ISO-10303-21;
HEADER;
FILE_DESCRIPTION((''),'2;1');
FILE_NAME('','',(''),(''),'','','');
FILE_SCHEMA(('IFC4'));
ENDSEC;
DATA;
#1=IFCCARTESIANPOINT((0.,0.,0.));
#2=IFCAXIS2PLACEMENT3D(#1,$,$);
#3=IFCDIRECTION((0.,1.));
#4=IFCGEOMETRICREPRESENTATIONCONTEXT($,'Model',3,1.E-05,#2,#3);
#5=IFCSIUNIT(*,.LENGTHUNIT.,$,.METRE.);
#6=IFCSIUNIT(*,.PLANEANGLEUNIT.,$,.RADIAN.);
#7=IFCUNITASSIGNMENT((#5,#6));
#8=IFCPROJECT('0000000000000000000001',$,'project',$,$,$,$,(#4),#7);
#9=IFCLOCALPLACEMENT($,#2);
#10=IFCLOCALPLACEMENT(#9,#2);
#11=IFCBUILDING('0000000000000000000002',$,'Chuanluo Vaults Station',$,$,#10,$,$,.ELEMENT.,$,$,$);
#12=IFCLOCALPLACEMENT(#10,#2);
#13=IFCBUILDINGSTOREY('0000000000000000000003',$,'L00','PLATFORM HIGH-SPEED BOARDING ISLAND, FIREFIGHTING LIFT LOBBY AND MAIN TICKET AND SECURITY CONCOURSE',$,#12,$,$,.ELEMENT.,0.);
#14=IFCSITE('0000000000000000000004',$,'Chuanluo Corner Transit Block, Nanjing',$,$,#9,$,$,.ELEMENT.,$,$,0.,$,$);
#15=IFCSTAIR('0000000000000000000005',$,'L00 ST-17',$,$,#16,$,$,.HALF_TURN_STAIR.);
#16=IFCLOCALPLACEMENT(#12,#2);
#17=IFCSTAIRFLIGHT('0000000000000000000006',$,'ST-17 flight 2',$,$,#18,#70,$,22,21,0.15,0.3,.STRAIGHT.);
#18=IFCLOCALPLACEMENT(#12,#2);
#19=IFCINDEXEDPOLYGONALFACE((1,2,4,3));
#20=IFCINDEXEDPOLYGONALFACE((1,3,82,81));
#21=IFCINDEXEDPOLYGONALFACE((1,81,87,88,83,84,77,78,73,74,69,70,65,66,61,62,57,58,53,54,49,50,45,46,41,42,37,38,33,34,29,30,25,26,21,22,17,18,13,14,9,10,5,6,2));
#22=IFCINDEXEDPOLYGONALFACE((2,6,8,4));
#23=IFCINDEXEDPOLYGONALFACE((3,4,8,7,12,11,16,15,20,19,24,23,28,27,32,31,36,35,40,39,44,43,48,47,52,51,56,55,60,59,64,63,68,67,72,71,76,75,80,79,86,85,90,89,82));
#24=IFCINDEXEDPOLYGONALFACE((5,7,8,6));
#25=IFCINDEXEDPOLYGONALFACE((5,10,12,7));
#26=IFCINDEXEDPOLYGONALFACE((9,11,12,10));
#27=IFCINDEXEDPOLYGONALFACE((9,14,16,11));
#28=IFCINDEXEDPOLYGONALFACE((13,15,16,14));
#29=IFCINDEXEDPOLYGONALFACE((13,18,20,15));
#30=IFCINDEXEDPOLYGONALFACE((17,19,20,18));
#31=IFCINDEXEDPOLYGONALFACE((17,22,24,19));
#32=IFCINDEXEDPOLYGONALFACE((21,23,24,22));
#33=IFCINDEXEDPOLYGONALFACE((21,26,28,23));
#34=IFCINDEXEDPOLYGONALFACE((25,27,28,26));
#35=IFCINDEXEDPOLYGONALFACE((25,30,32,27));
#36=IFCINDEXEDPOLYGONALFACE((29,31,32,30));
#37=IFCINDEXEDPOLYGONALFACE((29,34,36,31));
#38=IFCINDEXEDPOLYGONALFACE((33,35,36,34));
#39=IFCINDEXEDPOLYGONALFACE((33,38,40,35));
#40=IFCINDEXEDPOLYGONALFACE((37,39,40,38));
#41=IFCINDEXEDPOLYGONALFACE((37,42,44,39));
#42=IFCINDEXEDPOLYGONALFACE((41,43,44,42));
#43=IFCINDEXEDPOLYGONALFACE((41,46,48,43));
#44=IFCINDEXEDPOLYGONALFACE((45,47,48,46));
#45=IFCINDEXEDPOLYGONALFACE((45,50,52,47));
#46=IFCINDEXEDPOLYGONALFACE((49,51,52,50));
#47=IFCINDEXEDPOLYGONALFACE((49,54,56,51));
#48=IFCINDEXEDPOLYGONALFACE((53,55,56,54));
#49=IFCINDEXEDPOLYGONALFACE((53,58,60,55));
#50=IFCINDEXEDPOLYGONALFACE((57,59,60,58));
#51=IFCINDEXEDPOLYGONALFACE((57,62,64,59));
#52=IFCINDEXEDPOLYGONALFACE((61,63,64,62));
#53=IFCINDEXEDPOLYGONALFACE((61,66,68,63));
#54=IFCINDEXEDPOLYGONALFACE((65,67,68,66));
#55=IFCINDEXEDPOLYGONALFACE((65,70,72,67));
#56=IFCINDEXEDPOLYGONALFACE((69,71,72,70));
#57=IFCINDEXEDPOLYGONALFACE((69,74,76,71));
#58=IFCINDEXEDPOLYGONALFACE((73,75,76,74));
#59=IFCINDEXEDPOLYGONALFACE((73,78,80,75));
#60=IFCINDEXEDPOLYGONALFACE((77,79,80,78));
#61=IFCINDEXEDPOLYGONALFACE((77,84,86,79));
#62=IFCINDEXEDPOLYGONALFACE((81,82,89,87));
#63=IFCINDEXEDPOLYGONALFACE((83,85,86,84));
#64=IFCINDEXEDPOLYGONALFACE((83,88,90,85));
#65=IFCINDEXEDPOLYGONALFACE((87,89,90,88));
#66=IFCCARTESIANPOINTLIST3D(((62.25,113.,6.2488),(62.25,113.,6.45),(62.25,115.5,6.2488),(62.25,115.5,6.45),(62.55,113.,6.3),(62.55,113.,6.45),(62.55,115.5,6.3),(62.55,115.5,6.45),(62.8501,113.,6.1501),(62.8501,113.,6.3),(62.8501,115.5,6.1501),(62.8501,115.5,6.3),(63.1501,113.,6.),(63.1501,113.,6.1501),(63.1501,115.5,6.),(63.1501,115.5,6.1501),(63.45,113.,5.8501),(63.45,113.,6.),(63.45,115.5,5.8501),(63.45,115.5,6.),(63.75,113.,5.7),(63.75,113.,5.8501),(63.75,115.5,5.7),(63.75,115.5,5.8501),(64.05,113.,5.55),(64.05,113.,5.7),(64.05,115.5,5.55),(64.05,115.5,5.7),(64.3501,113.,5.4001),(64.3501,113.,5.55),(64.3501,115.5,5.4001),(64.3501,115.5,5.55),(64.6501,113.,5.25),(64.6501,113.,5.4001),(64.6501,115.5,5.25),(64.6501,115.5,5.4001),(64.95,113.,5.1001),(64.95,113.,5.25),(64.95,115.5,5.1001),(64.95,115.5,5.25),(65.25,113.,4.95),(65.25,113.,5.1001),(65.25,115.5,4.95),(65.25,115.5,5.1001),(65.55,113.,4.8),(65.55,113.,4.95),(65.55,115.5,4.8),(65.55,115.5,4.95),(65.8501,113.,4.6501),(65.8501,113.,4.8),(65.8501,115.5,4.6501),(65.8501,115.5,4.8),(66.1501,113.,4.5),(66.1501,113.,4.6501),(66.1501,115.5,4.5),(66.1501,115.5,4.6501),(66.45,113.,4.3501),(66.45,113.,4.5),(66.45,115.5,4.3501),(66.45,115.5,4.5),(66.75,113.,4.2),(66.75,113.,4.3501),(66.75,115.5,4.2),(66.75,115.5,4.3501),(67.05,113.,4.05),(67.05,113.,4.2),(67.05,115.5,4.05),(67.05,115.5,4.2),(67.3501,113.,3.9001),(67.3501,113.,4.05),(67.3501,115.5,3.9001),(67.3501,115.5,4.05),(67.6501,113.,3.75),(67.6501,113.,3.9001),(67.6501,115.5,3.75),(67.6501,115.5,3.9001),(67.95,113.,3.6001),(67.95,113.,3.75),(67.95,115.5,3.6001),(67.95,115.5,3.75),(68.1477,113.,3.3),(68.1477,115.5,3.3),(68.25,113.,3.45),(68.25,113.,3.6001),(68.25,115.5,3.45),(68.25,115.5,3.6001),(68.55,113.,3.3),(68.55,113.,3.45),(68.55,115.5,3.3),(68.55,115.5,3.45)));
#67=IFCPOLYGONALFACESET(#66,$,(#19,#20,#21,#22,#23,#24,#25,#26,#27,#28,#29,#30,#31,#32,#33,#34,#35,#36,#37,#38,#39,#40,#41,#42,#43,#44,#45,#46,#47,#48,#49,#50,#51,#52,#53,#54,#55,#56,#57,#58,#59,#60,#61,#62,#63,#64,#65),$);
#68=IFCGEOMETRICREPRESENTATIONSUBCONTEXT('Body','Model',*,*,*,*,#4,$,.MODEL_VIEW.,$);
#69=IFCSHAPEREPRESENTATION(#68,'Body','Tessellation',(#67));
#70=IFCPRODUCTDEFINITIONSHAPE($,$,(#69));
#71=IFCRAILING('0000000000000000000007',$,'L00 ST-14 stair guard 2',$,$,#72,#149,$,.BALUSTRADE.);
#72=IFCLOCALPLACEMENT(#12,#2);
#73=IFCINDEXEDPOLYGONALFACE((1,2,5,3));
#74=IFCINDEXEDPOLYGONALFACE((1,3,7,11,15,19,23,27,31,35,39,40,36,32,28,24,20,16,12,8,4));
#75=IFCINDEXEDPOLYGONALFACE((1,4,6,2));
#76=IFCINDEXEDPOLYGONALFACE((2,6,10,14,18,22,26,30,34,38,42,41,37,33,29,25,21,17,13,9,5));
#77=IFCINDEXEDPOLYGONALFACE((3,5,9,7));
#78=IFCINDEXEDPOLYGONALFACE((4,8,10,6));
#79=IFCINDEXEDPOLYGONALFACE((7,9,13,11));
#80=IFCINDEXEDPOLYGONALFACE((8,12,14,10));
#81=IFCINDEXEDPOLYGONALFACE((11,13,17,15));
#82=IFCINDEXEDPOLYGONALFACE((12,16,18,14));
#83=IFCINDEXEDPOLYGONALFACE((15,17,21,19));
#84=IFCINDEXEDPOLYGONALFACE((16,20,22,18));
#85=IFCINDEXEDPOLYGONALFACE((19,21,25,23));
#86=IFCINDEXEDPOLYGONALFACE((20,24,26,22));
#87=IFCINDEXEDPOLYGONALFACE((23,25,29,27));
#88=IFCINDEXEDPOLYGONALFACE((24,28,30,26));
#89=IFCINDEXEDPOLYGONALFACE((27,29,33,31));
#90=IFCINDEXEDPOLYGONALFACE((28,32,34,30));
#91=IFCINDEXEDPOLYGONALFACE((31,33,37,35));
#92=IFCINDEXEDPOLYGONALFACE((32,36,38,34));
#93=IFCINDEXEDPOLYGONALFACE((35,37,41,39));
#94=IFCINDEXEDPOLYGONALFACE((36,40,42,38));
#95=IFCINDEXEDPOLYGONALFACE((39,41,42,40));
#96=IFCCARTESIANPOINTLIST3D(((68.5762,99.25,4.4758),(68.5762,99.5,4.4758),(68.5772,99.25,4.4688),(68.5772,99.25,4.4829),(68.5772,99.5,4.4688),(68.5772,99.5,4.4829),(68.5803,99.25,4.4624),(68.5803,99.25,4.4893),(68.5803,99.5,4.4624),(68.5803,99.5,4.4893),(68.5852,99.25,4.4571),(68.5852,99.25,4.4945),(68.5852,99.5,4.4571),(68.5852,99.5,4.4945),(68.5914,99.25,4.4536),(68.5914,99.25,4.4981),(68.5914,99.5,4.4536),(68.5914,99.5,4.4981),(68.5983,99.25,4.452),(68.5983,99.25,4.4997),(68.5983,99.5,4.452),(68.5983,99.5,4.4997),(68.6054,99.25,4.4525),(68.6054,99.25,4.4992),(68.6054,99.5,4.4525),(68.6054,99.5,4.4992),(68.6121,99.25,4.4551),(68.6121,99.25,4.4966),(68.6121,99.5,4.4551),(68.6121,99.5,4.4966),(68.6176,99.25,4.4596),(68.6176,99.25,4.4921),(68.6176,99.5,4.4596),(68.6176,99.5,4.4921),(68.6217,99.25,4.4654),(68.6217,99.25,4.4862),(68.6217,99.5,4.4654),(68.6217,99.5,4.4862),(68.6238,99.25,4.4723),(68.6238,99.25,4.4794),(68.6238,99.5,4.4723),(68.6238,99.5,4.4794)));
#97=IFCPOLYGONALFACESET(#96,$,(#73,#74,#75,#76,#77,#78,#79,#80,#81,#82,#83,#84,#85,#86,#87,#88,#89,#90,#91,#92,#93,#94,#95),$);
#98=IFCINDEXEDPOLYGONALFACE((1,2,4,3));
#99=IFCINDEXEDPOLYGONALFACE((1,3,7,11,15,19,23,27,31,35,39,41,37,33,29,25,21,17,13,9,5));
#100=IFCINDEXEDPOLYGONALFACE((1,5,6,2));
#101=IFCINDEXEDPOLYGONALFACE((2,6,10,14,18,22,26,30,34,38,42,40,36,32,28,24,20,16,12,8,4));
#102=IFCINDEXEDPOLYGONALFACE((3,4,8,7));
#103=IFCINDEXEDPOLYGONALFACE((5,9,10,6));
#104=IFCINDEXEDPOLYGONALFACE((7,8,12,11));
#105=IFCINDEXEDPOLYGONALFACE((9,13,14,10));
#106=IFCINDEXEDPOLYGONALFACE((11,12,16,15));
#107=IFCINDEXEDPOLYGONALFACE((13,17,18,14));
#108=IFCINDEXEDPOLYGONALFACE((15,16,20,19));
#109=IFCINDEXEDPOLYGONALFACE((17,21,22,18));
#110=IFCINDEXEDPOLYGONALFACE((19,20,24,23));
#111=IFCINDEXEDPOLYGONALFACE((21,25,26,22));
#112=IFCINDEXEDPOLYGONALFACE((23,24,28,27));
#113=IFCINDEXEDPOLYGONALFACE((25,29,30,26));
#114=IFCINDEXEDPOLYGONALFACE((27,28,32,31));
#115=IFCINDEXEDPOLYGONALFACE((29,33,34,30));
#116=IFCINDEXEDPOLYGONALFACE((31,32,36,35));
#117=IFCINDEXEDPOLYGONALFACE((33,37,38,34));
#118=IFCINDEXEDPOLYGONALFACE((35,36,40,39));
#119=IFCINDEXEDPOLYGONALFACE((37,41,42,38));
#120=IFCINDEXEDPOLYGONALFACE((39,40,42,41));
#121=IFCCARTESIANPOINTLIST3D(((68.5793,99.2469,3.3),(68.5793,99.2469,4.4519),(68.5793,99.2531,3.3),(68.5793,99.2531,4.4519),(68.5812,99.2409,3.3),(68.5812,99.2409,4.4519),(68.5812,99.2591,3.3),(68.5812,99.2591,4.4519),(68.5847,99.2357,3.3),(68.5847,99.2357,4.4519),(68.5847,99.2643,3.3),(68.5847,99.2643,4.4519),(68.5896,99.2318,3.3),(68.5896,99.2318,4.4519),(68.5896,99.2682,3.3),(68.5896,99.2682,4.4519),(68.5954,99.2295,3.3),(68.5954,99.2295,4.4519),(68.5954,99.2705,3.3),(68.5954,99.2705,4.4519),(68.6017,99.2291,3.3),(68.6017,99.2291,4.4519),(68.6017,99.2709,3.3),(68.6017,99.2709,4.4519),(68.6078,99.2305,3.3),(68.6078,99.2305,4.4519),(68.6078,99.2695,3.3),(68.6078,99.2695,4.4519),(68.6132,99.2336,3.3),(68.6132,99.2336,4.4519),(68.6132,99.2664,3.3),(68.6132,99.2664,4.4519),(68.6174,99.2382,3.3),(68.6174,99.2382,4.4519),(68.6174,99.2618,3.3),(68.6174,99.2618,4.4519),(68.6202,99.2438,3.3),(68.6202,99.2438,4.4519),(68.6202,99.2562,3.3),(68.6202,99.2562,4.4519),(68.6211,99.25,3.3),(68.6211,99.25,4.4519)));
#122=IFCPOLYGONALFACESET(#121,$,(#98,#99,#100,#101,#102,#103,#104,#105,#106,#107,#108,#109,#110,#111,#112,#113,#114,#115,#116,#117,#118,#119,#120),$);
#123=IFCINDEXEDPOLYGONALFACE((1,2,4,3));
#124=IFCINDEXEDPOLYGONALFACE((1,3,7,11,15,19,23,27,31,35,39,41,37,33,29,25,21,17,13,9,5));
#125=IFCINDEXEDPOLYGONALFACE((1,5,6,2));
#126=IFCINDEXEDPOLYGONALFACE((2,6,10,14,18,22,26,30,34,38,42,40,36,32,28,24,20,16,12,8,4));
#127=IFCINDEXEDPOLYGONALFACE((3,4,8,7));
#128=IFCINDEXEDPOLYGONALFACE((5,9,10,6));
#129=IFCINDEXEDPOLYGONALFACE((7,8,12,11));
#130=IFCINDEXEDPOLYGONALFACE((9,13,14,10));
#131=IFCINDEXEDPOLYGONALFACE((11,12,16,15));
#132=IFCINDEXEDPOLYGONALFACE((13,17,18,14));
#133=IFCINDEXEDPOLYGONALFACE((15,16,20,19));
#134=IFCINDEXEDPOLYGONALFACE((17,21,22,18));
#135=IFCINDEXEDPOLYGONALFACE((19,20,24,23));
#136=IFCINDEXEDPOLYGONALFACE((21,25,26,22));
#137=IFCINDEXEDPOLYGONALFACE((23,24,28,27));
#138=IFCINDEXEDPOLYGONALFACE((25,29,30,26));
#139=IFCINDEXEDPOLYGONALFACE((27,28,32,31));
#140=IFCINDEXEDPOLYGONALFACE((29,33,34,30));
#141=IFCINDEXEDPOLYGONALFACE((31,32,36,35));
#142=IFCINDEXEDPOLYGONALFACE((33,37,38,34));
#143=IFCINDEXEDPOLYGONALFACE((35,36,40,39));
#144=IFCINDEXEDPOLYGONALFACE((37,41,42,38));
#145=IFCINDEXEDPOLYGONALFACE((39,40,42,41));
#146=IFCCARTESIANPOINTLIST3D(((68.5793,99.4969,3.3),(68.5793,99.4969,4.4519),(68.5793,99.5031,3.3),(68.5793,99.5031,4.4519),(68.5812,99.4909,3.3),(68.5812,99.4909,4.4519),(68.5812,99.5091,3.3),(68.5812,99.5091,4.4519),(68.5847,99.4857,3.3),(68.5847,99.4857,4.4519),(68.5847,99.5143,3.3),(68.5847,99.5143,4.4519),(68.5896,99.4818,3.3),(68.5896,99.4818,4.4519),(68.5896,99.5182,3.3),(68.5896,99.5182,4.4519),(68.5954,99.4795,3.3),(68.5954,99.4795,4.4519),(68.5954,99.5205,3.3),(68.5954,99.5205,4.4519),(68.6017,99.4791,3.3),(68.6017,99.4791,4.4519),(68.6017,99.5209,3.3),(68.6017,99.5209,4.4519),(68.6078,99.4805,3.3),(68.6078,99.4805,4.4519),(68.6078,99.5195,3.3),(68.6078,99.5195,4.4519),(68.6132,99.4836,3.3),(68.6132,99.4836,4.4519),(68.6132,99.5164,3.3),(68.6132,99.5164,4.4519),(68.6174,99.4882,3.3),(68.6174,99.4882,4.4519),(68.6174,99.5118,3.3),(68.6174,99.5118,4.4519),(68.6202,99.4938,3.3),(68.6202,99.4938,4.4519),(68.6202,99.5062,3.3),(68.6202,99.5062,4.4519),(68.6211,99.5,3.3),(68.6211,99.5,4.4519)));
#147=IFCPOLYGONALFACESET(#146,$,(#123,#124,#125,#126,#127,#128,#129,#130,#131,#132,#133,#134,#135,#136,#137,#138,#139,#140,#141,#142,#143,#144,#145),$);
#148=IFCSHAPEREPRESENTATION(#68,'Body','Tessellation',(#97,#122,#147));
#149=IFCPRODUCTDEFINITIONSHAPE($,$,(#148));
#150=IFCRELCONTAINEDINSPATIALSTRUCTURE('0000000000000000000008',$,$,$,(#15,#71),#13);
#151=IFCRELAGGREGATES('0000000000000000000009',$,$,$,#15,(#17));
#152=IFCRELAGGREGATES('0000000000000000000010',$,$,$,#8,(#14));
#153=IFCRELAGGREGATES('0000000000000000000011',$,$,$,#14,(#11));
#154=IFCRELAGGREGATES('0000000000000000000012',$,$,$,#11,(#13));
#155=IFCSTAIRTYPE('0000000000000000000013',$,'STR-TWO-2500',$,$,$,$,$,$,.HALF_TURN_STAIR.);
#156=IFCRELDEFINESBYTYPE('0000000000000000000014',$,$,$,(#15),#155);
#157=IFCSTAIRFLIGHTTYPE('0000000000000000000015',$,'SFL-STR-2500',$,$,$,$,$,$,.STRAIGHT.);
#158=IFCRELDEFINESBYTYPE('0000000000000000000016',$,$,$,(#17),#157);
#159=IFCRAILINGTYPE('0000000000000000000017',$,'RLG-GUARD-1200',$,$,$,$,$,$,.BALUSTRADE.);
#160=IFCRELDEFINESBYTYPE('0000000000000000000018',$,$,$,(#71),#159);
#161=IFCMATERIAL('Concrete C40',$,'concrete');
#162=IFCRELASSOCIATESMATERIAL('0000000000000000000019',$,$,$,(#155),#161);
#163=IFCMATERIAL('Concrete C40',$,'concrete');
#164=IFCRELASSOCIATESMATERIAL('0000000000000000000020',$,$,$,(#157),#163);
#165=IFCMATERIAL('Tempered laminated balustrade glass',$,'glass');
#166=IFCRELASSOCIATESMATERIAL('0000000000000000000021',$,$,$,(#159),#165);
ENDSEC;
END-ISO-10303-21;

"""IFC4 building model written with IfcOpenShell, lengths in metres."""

from ifc_helpers import new_model, si_unit, direction, frame, origin, origin_2d, place, context, subcontext, project, spatial, polyline, circle, outline, extrude, material, type_object, element, aggregate, save


model = new_model("IFC4")

# Units and contexts
model_context = context("Model", 3, precision=1e-05, world=origin(), true_north=direction((0.0, 1.0)))
body_context = subcontext(model_context, "Body", "Model", "MODEL_VIEW")
ifc_project = project(units=[si_unit("LENGTHUNIT", "METRE"), si_unit("PLANEANGLEUNIT", "RADIAN")], contexts=[model_context])

# Site, building, storey
site_placement = place(None, origin())
site = spatial("IfcSite", under=ifc_project, at=site_placement, Name="Chuanluo Corner Transit Block, Nanjing", CompositionType="ELEMENT", RefElevation=0.0)
building_placement = place(site_placement, origin())
building = spatial("IfcBuilding", under=site, at=building_placement, Name="Chuanluo Vaults Station", CompositionType="ELEMENT")
storey_placement = place(building_placement, origin())
storey = spatial("IfcBuildingStorey", under=building, at=storey_placement, Name="L00", Description="PLATFORM HIGH-SPEED BOARDING ISLAND, FIREFIGHTING LIFT LOBBY AND MAIN TICKET AND SECURITY CONCOURSE", CompositionType="ELEMENT", Elevation=0.0)

# Shared definitions
ifc_material_1 = material(Name="Concrete C40", Category="concrete")
stair_type = type_object("IfcStairType", Name="STR-TWO-2500", PredefinedType="HALF_TURN_STAIR", material=ifc_material_1)
ifc_material_2 = material(Name="Concrete C40", Category="concrete")
stair_flight_type = type_object("IfcStairFlightType", Name="SFL-STR-2500", PredefinedType="STRAIGHT", material=ifc_material_2)

# Stair, stair flight
stair_1_placement = place(storey_placement, origin())
stair_1 = element("IfcStair", 1, at=stair_1_placement, inside=storey, type_object=stair_type, Name="L00 ST-17", PredefinedType="HALF_TURN_STAIR")
stair_flight_1_placement = place(storey_placement, frame((68.55, 114.25, 3.3), z_axis=(0.0, 0.0, 1.0), x_axis=(-1.0, 0.0, 0.0)))
stair_flight_1 = element("IfcStairFlight", 2, at=stair_flight_1_placement, type_object=stair_flight_type, Name="ST-17 flight 2", NumberOfRisers=22, NumberOfTreads=21, PredefinedType="STRAIGHT", RiserHeight=0.15, TreadLength=0.3, context=body_context, shape_type="SweptSolid", body=[
    extrude(outline(polyline([(0.0, 0.0), (0.0, 0.1499), (0.3, 0.1499), (0.3, 0.3), (0.6001, 0.3), (0.6001, 0.45), (0.8999, 0.45), (0.8999, 0.6001), (1.2, 0.6001), (1.2, 0.75), (1.5, 0.75), (1.5, 0.8999), (1.8, 0.8999), (1.8, 1.05), (2.1001, 1.05), (2.1001, 1.2), (2.3999, 1.2), (2.3999, 1.3501), (2.7, 1.3501), (2.7, 1.5), (3.0, 1.5), (3.0, 1.6499), (3.3, 1.6499), (3.3, 1.8), (3.6001, 1.8), (3.6001, 1.95), (3.8999, 1.95), (3.8999, 2.1001), (4.2, 2.1001), (4.2, 2.25), (4.5, 2.25), (4.5, 2.3999), (4.8, 2.3999), (4.8, 2.55), (5.1001, 2.55), (5.1001, 2.7), (5.3999, 2.7), (5.3999, 2.8501), (5.7, 2.8501), (5.7, 3.0), (6.0, 3.0), (6.0, 3.1499), (6.3, 3.1499), (6.3, 3.3), (6.3, 2.9487), (0.4023, 0.0), (0.0, 0.0)])), frame((0.0, 1.25, 0.0), z_axis=(0.0, -1.0, 0.0), x_axis=(1.0, 0.0, 0.0)), (0.0, 0.0, 1.0), 2.5),
])
aggregate(stair_1, [stair_flight_1])

# Railing
ifc_material_3 = material(Name="Tempered laminated balustrade glass", Category="glass")
railing_type_1 = type_object("IfcRailingType", Name="RLG-GUARD-1200", PredefinedType="BALUSTRADE", material=ifc_material_3)
railing_1_placement = place(storey_placement, frame((68.6001, 99.25, 3.3)))
element("IfcRailing", 3, at=railing_1_placement, inside=storey, type_object=railing_type_1, Name="L00 ST-14 stair guard 2", PredefinedType="BALUSTRADE", context=body_context, shape_type="SweptSolid", body=[
    extrude(circle(Radius=0.0239, at=origin_2d()), frame((0.0, 0.0, 1.1758), z_axis=(0.0, 1.0, 0.0), x_axis=(-1.0, 0.0, 0.0)), (0.0, 0.0, 1.0), 0.25),
    extrude(circle(Radius=0.021, at=origin_2d()), origin(), (0.0, 0.0, 1.0), 1.1519),
    extrude(circle(Radius=0.021, at=origin_2d()), frame((0.0, 0.25, 0.0)), (0.0, 0.0, 1.0), 1.1519),
])

save(model, "model.ifc")
